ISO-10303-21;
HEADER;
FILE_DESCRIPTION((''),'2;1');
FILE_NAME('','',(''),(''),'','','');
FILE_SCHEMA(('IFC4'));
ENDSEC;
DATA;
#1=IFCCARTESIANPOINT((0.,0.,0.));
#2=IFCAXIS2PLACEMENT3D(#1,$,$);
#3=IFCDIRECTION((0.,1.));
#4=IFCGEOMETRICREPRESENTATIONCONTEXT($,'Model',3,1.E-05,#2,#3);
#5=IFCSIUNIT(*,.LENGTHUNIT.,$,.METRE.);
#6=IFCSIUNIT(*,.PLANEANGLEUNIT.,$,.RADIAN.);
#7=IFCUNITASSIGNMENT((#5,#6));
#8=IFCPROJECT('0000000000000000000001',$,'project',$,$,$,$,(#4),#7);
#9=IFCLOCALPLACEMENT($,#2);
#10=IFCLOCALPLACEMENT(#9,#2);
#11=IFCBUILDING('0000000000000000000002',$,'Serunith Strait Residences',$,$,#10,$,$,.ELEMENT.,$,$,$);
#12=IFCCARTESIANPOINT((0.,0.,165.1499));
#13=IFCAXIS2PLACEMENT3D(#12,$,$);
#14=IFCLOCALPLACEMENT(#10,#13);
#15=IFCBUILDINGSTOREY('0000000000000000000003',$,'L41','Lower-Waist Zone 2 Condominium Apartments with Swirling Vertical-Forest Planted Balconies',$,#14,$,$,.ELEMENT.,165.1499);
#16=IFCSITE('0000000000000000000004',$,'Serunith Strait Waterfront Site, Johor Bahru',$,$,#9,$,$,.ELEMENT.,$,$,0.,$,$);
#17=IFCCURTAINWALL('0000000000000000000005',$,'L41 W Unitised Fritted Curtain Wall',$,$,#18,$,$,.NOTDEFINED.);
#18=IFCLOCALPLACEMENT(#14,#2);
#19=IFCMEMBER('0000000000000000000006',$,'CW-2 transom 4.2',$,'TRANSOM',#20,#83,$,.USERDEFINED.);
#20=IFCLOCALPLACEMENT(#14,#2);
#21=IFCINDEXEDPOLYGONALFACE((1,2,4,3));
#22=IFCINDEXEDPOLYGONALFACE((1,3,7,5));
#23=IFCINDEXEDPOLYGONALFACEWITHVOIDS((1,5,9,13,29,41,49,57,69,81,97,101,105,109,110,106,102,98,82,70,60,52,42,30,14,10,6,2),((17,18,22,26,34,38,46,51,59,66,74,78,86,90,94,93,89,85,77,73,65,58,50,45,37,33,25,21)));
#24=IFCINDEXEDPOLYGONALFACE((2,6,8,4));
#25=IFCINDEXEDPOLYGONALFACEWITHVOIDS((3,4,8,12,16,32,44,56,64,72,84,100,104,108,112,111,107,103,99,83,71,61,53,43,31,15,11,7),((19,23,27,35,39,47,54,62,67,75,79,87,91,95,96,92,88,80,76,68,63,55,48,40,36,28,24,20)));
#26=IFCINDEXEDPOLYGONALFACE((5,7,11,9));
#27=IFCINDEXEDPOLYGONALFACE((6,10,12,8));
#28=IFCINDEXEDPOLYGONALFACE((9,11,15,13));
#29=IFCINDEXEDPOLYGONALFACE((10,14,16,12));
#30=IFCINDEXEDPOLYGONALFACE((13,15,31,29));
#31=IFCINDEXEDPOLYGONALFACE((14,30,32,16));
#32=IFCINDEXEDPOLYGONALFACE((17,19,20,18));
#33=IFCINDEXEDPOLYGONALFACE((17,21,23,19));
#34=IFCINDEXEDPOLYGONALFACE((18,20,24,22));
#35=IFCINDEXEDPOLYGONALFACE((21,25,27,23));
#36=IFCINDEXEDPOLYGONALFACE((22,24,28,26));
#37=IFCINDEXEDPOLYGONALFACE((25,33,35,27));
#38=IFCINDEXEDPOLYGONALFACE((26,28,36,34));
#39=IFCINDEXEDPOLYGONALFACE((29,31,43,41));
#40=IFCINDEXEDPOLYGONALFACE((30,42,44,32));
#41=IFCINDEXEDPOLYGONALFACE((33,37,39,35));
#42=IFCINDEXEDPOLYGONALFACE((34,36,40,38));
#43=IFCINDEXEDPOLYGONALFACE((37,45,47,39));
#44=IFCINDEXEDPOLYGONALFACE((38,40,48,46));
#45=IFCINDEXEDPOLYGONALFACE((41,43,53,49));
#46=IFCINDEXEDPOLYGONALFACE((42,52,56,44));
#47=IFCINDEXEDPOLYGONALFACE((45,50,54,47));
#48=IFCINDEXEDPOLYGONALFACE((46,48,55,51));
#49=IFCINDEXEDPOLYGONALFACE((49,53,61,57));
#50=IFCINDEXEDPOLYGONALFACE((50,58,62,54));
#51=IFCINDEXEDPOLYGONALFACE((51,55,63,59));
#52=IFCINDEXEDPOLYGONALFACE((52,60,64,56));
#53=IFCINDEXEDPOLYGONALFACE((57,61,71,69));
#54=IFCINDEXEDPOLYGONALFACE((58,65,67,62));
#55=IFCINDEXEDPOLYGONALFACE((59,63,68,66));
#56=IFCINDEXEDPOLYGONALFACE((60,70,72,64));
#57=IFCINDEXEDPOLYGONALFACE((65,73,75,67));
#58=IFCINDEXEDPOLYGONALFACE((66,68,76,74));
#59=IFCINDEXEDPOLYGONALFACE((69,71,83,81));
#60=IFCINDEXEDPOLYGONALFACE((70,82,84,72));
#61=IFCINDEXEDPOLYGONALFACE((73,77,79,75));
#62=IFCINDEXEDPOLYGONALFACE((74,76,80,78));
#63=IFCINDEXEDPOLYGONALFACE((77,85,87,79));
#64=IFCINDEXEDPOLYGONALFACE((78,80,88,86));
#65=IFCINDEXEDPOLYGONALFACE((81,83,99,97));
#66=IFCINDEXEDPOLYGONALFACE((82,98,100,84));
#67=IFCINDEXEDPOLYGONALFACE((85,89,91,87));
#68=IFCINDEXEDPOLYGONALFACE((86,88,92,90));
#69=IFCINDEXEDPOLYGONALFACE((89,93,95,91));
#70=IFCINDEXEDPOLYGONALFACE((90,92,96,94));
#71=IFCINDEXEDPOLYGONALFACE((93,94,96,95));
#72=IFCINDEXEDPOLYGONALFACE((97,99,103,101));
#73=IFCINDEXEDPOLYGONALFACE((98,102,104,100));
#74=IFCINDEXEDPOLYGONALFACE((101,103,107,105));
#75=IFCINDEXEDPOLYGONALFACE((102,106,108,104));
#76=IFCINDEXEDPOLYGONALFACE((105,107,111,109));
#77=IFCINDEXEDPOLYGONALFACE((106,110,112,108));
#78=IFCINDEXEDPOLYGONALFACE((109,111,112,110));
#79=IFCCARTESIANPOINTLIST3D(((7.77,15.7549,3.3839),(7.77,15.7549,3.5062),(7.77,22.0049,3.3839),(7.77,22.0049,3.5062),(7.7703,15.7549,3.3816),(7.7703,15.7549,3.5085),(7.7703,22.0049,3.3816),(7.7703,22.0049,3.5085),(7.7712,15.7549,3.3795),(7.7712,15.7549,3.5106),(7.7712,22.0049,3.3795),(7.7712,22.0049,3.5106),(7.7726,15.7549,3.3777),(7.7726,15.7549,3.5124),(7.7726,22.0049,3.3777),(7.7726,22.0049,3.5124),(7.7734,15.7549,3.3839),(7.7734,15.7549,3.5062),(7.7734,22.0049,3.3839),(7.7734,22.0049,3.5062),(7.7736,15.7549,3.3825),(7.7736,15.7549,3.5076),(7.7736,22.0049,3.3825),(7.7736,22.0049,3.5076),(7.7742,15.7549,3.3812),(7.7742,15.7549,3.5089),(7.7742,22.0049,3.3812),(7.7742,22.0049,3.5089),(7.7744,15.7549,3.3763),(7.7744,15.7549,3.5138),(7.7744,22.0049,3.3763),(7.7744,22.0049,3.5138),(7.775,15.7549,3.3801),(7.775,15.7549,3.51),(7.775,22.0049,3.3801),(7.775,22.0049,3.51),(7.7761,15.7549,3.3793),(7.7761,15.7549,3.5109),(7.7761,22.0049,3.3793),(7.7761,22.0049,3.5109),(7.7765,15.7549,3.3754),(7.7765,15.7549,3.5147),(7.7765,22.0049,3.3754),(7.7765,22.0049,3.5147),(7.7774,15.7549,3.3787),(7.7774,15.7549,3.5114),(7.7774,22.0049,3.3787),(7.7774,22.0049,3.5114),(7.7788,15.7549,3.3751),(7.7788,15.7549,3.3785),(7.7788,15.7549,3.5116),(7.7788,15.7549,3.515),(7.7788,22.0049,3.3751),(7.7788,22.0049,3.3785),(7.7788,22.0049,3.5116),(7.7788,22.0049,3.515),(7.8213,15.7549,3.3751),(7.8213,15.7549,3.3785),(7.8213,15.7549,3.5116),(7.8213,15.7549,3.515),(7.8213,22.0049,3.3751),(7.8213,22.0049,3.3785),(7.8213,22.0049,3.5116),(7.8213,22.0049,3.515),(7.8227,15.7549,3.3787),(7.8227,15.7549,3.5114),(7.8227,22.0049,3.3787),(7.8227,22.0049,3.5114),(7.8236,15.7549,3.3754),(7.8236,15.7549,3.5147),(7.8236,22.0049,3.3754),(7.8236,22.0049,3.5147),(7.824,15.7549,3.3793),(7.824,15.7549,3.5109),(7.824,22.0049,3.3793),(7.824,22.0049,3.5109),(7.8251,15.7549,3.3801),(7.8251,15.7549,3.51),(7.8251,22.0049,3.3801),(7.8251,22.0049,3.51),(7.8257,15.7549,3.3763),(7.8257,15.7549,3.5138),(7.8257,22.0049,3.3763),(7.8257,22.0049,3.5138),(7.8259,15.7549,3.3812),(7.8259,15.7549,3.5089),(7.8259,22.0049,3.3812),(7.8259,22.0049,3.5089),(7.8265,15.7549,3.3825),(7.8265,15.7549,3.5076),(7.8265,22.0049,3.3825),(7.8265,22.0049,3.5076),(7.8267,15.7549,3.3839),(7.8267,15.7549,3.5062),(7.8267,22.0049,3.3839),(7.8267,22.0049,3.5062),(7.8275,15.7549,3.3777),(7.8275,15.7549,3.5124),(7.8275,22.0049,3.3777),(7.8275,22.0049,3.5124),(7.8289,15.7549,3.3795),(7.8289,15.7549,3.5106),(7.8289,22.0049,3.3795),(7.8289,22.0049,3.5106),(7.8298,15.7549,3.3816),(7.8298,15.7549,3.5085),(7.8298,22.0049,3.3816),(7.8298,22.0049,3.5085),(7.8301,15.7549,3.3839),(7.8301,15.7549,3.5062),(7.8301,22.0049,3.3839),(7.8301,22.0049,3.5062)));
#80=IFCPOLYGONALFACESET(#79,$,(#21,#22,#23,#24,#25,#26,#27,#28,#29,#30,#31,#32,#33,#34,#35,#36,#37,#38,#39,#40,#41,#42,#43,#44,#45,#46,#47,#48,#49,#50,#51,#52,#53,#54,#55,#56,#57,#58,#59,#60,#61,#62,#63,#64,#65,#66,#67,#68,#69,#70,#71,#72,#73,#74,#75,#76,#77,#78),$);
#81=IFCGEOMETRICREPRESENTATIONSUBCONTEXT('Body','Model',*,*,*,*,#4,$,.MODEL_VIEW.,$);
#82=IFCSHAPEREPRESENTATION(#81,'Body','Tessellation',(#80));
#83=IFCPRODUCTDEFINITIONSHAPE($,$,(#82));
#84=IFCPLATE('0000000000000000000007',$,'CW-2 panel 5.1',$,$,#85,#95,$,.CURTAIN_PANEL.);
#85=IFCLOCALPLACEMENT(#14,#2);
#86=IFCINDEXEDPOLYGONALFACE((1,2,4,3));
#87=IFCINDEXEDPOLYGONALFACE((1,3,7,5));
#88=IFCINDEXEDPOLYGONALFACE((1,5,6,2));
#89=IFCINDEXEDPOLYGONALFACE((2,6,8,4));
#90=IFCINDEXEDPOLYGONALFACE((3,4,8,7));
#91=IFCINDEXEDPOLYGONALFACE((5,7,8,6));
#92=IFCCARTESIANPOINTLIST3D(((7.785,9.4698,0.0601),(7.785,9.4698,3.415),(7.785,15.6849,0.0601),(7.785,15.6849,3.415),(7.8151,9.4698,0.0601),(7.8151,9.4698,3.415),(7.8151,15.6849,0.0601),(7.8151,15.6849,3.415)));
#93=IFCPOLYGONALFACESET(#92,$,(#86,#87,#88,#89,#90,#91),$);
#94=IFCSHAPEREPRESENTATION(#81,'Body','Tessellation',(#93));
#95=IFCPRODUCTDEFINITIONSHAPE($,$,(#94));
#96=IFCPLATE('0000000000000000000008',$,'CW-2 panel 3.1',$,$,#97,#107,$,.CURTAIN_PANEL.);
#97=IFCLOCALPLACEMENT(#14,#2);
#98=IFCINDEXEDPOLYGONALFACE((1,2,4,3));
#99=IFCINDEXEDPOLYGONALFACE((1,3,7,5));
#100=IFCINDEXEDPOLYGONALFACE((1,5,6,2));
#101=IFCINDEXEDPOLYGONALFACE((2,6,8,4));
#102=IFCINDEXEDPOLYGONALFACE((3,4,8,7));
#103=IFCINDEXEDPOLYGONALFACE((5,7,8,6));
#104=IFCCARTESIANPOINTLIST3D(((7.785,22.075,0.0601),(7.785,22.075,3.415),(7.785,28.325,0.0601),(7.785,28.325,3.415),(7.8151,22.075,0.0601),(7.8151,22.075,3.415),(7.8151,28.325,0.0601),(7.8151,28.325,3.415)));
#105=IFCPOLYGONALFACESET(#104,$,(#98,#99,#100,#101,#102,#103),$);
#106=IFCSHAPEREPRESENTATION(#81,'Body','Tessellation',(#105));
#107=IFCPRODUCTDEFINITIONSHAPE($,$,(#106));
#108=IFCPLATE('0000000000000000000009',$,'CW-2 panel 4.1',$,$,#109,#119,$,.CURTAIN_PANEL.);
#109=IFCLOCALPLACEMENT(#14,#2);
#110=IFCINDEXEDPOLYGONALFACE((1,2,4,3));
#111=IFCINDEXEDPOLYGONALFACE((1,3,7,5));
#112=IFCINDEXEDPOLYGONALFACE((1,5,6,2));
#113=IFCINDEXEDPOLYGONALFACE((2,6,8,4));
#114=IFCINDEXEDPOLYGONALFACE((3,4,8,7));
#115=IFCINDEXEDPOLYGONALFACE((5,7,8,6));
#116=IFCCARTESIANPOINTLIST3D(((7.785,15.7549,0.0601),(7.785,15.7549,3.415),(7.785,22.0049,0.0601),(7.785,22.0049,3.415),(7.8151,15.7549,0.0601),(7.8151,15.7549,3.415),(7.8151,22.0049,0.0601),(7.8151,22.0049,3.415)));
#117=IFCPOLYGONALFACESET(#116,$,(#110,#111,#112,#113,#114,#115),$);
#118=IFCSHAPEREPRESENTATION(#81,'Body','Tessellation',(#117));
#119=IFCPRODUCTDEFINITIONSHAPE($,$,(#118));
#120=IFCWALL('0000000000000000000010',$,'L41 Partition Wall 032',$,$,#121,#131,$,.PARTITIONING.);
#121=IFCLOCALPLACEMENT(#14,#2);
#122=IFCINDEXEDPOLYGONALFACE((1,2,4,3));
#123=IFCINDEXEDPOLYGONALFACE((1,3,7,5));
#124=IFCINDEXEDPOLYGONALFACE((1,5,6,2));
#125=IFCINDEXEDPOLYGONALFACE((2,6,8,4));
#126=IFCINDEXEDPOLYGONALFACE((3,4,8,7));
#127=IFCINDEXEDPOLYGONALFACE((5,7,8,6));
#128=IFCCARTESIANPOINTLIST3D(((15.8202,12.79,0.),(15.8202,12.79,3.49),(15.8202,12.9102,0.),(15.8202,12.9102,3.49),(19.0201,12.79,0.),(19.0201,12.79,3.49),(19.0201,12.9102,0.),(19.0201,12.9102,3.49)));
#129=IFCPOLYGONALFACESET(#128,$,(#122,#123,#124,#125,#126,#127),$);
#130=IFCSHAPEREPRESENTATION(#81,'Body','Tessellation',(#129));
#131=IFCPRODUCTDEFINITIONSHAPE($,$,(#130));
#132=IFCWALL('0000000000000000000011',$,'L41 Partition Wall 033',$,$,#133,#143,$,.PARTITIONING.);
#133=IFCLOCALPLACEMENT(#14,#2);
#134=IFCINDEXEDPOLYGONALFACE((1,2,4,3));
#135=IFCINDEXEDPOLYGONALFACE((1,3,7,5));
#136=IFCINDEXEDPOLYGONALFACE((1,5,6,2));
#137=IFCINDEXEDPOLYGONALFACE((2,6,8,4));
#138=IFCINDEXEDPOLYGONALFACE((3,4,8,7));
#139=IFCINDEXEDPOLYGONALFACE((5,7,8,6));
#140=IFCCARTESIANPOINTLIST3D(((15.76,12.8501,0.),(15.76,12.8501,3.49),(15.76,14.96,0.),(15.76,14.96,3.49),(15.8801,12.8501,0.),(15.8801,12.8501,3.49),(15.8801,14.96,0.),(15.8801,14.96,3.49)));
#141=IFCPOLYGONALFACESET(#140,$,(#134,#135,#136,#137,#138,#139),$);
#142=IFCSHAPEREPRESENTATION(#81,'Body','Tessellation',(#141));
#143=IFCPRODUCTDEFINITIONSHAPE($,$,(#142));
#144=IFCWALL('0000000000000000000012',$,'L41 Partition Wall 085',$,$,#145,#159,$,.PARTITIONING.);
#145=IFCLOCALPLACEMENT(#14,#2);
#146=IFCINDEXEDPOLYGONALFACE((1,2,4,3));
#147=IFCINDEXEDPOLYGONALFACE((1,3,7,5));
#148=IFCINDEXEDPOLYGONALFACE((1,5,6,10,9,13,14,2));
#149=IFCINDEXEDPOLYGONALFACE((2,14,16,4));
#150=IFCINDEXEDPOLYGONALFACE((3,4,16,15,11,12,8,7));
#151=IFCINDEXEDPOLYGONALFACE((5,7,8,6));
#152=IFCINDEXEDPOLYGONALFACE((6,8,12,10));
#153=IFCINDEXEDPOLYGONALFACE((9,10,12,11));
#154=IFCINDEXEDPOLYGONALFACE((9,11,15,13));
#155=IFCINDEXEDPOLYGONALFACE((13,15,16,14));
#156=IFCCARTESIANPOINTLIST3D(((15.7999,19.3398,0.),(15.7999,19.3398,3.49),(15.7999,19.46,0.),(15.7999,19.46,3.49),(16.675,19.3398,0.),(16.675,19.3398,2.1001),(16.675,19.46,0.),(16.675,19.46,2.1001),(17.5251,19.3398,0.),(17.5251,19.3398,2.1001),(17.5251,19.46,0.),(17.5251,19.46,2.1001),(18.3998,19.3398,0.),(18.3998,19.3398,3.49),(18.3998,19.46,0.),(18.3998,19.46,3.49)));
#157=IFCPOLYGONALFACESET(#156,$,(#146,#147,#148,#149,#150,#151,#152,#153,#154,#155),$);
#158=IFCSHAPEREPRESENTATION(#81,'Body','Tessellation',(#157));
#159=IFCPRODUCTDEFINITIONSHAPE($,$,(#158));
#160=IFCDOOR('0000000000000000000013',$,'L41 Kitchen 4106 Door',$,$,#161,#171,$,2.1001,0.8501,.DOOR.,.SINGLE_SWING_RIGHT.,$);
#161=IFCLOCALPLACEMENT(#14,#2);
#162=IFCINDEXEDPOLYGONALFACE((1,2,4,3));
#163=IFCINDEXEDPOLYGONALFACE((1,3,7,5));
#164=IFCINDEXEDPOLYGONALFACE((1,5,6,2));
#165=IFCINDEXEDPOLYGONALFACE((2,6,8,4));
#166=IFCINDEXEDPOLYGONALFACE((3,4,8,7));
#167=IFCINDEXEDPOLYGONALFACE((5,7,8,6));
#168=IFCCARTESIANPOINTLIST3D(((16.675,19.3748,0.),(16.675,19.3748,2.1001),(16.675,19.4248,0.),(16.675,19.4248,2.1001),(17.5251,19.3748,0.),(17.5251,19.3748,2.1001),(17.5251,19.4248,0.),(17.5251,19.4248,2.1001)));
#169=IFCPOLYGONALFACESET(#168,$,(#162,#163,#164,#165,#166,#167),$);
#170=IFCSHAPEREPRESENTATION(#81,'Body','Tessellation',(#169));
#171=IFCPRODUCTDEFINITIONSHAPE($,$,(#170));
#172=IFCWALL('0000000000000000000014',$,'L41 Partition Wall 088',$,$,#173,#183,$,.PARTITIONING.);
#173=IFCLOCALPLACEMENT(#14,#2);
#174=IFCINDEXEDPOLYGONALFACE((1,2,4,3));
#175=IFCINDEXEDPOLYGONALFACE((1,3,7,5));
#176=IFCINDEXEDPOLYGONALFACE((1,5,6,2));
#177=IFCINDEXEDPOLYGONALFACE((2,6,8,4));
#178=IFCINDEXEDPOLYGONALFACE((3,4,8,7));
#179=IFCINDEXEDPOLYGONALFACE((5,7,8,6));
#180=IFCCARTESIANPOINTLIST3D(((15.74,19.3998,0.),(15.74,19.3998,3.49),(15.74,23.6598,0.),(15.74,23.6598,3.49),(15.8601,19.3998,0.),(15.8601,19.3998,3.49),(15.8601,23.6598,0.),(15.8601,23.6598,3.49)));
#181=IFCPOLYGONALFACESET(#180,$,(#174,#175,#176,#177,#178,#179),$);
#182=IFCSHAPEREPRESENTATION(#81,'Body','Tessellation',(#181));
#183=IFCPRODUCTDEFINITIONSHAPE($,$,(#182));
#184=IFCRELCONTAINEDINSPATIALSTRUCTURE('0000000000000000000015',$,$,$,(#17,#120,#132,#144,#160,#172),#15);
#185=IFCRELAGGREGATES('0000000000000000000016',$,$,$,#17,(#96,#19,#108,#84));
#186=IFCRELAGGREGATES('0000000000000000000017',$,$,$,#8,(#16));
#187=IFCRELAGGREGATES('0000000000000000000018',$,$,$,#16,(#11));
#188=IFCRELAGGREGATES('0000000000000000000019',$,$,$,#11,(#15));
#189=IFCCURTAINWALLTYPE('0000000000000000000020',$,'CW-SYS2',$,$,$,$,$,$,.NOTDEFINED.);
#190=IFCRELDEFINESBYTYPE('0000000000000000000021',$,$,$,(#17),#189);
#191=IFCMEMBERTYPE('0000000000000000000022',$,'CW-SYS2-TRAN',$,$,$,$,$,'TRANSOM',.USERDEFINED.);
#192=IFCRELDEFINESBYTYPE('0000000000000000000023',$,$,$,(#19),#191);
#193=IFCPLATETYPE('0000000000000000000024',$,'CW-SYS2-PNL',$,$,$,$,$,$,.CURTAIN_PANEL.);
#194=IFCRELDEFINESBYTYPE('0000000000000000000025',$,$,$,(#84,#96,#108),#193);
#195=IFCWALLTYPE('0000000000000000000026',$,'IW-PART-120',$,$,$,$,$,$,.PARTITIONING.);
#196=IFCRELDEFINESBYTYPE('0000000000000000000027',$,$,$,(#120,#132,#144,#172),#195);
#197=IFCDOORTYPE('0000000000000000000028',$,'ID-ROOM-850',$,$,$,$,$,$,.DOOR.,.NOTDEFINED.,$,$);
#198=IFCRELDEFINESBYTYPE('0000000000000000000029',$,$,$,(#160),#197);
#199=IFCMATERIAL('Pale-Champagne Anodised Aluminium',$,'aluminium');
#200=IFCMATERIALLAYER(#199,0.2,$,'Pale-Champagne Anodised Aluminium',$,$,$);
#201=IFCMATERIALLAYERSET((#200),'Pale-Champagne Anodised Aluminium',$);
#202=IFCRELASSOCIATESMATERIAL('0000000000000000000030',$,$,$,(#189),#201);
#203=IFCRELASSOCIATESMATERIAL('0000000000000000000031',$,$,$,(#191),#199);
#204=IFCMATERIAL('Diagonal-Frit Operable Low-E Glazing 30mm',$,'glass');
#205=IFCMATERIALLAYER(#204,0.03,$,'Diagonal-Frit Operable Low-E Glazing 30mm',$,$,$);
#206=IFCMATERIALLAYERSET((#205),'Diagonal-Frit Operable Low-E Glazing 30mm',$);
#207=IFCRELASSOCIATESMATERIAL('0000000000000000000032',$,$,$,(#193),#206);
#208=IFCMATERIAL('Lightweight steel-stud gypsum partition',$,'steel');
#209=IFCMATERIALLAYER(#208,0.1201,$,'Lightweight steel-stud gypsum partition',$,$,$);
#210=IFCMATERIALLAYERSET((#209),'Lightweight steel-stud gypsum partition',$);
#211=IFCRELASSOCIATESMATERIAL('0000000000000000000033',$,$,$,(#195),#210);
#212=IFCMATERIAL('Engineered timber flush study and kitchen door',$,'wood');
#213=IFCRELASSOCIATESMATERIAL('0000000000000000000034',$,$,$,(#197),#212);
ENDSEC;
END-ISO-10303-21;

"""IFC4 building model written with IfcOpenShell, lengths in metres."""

from ifc_helpers import new_model, si_unit, direction, frame, frame_2d, origin, origin_2d, place, context, subcontext, project, spatial, rectangle, hollow_rectangle, extrude, source, transform, mapped, material, layer, layer_set, material_profile, profile_set, type_object, element, fill, aggregate, save


model = new_model("IFC4")

# Units and contexts
model_context = context("Model", 3, precision=1e-05, world=origin(), true_north=direction((0.0, 1.0)))
body_context = subcontext(model_context, "Body", "Model", "MODEL_VIEW")
ifc_project = project(units=[si_unit("LENGTHUNIT", "METRE"), si_unit("PLANEANGLEUNIT", "RADIAN")], contexts=[model_context])

# Site, building, storey
site_placement = place(None, origin())
site = spatial("IfcSite", under=ifc_project, at=site_placement, Name="Serunith Strait Waterfront Site, Johor Bahru", CompositionType="ELEMENT", RefElevation=0.0)
building_placement = place(site_placement, origin())
building = spatial("IfcBuilding", under=site, at=building_placement, Name="Serunith Strait Residences", CompositionType="ELEMENT")
storey_placement = place(building_placement, frame((0.0, 0.0, 165.1499)))
storey = spatial("IfcBuildingStorey", under=building, at=storey_placement, Name="L41", Description="Lower-Waist Zone 2 Condominium Apartments with Swirling Vertical-Forest Planted Balconies", CompositionType="ELEMENT", Elevation=165.1499)

# Curtain wall, member, plates
ifc_material_1 = material(Name="Pale-Champagne Anodised Aluminium", Category="aluminium")
ifc_layer_1 = layer(ifc_material_1, 0.2, Name="Pale-Champagne Anodised Aluminium")
ifc_layer_set_1 = layer_set([ifc_layer_1], Name="Pale-Champagne Anodised Aluminium")
curtain_wall_type = type_object("IfcCurtainWallType", Name="CW-SYS2", PredefinedType="NOTDEFINED", material=ifc_layer_set_1)
curtain_wall_placement = place(storey_placement, origin())
curtain_wall = element("IfcCurtainWall", 1, at=curtain_wall_placement, inside=storey, type_object=curtain_wall_type, Name="L41 W Unitised Fritted Curtain Wall", PredefinedType="NOTDEFINED")
ifc_material_profile_1 = material_profile(ifc_material_1, hollow_rectangle(XDim=0.0601, YDim=0.1399, WallThickness=0.0034, InnerFilletRadius=0.0054, OuterFilletRadius=0.0088, at=origin_2d()), Name="ALU 140x60x3.5")
ifc_profile_set_1 = profile_set([ifc_material_profile_1], Name="Pale-Champagne Anodised Aluminium")
member_type_1 = type_object("IfcMemberType", Name="CW-SYS2-TRAN", ElementType="TRANSOM", PredefinedType="USERDEFINED", material=ifc_profile_set_1)
shared_shape_1 = source(origin(), body_context, "Body", "SweptSolid", [
    extrude(hollow_rectangle(XDim=0.0601, YDim=0.1399, WallThickness=0.0034, InnerFilletRadius=0.0054, OuterFilletRadius=0.0088, at=origin_2d()), origin(), (0.0, 0.0, 1.0), 6.25),
])
member_1_placement = place(storey_placement, frame((7.8, 22.0049, 3.4451), z_axis=(0.0, -1.0, 0.0), x_axis=(1.0, 0.0, 0.0)))
member_1 = element("IfcMember", 2, at=member_1_placement, type_object=member_type_1, Name="CW-2 transom 4.2", ObjectType="TRANSOM", PredefinedType="USERDEFINED", context=body_context, shape_type="MappedRepresentation", body=[
    mapped(shared_shape_1, transform((0.0, 0.0, 0.0), scale=1.0)),
])
ifc_material_2 = material(Name="Diagonal-Frit Operable Low-E Glazing 30mm", Category="glass")
ifc_layer_2 = layer(ifc_material_2, 0.03, Name="Diagonal-Frit Operable Low-E Glazing 30mm")
ifc_layer_set_2 = layer_set([ifc_layer_2], Name="Diagonal-Frit Operable Low-E Glazing 30mm")
plate_type = type_object("IfcPlateType", Name="CW-SYS2-PNL", PredefinedType="CURTAIN_PANEL", material=ifc_layer_set_2)
shared_shape_2 = source(origin(), body_context, "Body", "SweptSolid", [
    extrude(rectangle(XDim=6.2151, YDim=0.03, at=origin_2d()), origin(), (0.0, 0.0, 1.0), 3.355),
])
plate_1_placement = place(storey_placement, frame((7.8, 12.5774, 0.0601), z_axis=(0.0, 0.0, 1.0), x_axis=(0.0, -1.0, 0.0)))
plate_1 = element("IfcPlate", 3, at=plate_1_placement, type_object=plate_type, Name="CW-2 panel 5.1", PredefinedType="CURTAIN_PANEL", context=body_context, shape_type="MappedRepresentation", body=[
    mapped(shared_shape_2, transform((0.0, 0.0, 0.0), scale=1.0)),
])
shared_shape_3 = source(origin(), body_context, "Body", "SweptSolid", [
    extrude(rectangle(XDim=6.25, YDim=0.03, at=origin_2d()), origin(), (0.0, 0.0, 1.0), 3.355),
])
plate_2_placement = place(storey_placement, frame((7.8, 25.2, 0.0601), z_axis=(0.0, 0.0, 1.0), x_axis=(0.0, -1.0, 0.0)))
plate_2 = element("IfcPlate", 4, at=plate_2_placement, type_object=plate_type, Name="CW-2 panel 3.1", PredefinedType="CURTAIN_PANEL", context=body_context, shape_type="MappedRepresentation", body=[
    mapped(shared_shape_3, transform((0.0, 0.0, 0.0), scale=1.0)),
])
plate_3_placement = place(storey_placement, frame((7.8, 18.8799, 0.0601), z_axis=(0.0, 0.0, 1.0), x_axis=(0.0, -1.0, 0.0)))
plate_3 = element("IfcPlate", 5, at=plate_3_placement, type_object=plate_type, Name="CW-2 panel 4.1", PredefinedType="CURTAIN_PANEL", context=body_context, shape_type="MappedRepresentation", body=[
    mapped(shared_shape_3, transform((0.0, 0.0, 0.0), scale=1.0)),
])
aggregate(curtain_wall, [plate_2, member_1, plate_3, plate_1])

# Walls
ifc_material_3 = material(Name="Lightweight steel-stud gypsum partition", Category="steel")
ifc_layer_3 = layer(ifc_material_3, 0.1201, Name="Lightweight steel-stud gypsum partition")
ifc_layer_set_3 = layer_set([ifc_layer_3], Name="Lightweight steel-stud gypsum partition")
wall_type_1 = type_object("IfcWallType", Name="IW-PART-120", PredefinedType="PARTITIONING", material=ifc_layer_set_3)
wall_1_placement = place(storey_placement, frame((15.8201, 12.8501, 0.0), z_axis=(0.0, 0.0, 1.0), x_axis=(1.0, 0.0, 0.0)))
element("IfcWall", 6, at=wall_1_placement, inside=storey, type_object=wall_type_1, Name="L41 Partition Wall 032", PredefinedType="PARTITIONING", context=body_context, shape_type="SweptSolid", body=[
    extrude(rectangle(XDim=3.2, YDim=0.1201, at=frame_2d((1.6001, 0.0))), origin(), (0.0, 0.0, 1.0), 3.49),
])
wall_2_placement = place(storey_placement, frame((15.8201, 12.8501, 0.0), z_axis=(0.0, 0.0, 1.0), x_axis=(0.0, 1.0, 0.0)))
element("IfcWall", 7, at=wall_2_placement, inside=storey, type_object=wall_type_1, Name="L41 Partition Wall 033", PredefinedType="PARTITIONING", context=body_context, shape_type="SweptSolid", body=[
    extrude(rectangle(XDim=2.1099, YDim=0.1201, at=frame_2d((1.0549, 0.0))), origin(), (0.0, 0.0, 1.0), 3.49),
])

# Wall, opening, door
wall_3_placement = place(storey_placement, frame((15.8, 19.3999, 0.0), z_axis=(0.0, 0.0, 1.0), x_axis=(1.0, 0.0, 0.0)))
wall_3 = element("IfcWall", 8, at=wall_3_placement, inside=storey, type_object=wall_type_1, Name="L41 Partition Wall 085", PredefinedType="PARTITIONING", context=body_context, shape_type="SweptSolid", body=[
    extrude(rectangle(XDim=2.5999, YDim=0.1201, at=frame_2d((1.2998, 0.0))), origin(), (0.0, 0.0, 1.0), 3.49),
])
opening_placement = place(wall_3_placement, frame((0.875, 0.0, 0.0)))
opening = element("IfcOpeningElement", 9, at=opening_placement, cuts=wall_3, PredefinedType="OPENING", context=body_context, shape_type="SweptSolid", body=[
    extrude(rectangle(XDim=0.8501, YDim=2.1001, at=frame_2d((0.425, 1.05))), frame((0.0, 0.0701, 0.0), z_axis=(0.0, -1.0, 0.0), x_axis=(1.0, 0.0, 0.0)), (0.0, 0.0, 1.0), 0.1401),
])
ifc_material_4 = material(Name="Engineered timber flush study and kitchen door", Category="wood")
door_type = type_object("IfcDoorType", Name="ID-ROOM-850", OperationType="NOTDEFINED", PredefinedType="DOOR", material=ifc_material_4)
shared_shape_4 = source(origin(), body_context, "Body", "SweptSolid", [
    extrude(rectangle(XDim=0.8501, YDim=2.1001, at=frame_2d((0.425, 1.05))), frame((0.0, 0.0249, 0.0), z_axis=(0.0, -1.0, 0.0), x_axis=(1.0, 0.0, 0.0)), (0.0, 0.0, 1.0), 0.05),
])
door_placement = place(opening_placement, origin())
door = element("IfcDoor", 10, at=door_placement, inside=storey, type_object=door_type, Name="L41 Kitchen 4106 Door", OperationType="SINGLE_SWING_RIGHT", OverallHeight=2.1001, OverallWidth=0.8501, PredefinedType="DOOR", context=body_context, shape_type="MappedRepresentation", body=[
    mapped(shared_shape_4, transform((0.0, 0.0, 0.0), scale=1.0)),
])
fill(opening, door)

# Wall
wall_4_placement = place(storey_placement, frame((15.8, 19.3999, 0.0), z_axis=(0.0, 0.0, 1.0), x_axis=(0.0, 1.0, 0.0)))
element("IfcWall", 11, at=wall_4_placement, inside=storey, type_object=wall_type_1, Name="L41 Partition Wall 088", PredefinedType="PARTITIONING", context=body_context, shape_type="SweptSolid", body=[
    extrude(rectangle(XDim=4.26, YDim=0.1201, at=frame_2d((2.1299, 0.0))), origin(), (0.0, 0.0, 1.0), 3.49),
])

save(model, "model.ifc")
